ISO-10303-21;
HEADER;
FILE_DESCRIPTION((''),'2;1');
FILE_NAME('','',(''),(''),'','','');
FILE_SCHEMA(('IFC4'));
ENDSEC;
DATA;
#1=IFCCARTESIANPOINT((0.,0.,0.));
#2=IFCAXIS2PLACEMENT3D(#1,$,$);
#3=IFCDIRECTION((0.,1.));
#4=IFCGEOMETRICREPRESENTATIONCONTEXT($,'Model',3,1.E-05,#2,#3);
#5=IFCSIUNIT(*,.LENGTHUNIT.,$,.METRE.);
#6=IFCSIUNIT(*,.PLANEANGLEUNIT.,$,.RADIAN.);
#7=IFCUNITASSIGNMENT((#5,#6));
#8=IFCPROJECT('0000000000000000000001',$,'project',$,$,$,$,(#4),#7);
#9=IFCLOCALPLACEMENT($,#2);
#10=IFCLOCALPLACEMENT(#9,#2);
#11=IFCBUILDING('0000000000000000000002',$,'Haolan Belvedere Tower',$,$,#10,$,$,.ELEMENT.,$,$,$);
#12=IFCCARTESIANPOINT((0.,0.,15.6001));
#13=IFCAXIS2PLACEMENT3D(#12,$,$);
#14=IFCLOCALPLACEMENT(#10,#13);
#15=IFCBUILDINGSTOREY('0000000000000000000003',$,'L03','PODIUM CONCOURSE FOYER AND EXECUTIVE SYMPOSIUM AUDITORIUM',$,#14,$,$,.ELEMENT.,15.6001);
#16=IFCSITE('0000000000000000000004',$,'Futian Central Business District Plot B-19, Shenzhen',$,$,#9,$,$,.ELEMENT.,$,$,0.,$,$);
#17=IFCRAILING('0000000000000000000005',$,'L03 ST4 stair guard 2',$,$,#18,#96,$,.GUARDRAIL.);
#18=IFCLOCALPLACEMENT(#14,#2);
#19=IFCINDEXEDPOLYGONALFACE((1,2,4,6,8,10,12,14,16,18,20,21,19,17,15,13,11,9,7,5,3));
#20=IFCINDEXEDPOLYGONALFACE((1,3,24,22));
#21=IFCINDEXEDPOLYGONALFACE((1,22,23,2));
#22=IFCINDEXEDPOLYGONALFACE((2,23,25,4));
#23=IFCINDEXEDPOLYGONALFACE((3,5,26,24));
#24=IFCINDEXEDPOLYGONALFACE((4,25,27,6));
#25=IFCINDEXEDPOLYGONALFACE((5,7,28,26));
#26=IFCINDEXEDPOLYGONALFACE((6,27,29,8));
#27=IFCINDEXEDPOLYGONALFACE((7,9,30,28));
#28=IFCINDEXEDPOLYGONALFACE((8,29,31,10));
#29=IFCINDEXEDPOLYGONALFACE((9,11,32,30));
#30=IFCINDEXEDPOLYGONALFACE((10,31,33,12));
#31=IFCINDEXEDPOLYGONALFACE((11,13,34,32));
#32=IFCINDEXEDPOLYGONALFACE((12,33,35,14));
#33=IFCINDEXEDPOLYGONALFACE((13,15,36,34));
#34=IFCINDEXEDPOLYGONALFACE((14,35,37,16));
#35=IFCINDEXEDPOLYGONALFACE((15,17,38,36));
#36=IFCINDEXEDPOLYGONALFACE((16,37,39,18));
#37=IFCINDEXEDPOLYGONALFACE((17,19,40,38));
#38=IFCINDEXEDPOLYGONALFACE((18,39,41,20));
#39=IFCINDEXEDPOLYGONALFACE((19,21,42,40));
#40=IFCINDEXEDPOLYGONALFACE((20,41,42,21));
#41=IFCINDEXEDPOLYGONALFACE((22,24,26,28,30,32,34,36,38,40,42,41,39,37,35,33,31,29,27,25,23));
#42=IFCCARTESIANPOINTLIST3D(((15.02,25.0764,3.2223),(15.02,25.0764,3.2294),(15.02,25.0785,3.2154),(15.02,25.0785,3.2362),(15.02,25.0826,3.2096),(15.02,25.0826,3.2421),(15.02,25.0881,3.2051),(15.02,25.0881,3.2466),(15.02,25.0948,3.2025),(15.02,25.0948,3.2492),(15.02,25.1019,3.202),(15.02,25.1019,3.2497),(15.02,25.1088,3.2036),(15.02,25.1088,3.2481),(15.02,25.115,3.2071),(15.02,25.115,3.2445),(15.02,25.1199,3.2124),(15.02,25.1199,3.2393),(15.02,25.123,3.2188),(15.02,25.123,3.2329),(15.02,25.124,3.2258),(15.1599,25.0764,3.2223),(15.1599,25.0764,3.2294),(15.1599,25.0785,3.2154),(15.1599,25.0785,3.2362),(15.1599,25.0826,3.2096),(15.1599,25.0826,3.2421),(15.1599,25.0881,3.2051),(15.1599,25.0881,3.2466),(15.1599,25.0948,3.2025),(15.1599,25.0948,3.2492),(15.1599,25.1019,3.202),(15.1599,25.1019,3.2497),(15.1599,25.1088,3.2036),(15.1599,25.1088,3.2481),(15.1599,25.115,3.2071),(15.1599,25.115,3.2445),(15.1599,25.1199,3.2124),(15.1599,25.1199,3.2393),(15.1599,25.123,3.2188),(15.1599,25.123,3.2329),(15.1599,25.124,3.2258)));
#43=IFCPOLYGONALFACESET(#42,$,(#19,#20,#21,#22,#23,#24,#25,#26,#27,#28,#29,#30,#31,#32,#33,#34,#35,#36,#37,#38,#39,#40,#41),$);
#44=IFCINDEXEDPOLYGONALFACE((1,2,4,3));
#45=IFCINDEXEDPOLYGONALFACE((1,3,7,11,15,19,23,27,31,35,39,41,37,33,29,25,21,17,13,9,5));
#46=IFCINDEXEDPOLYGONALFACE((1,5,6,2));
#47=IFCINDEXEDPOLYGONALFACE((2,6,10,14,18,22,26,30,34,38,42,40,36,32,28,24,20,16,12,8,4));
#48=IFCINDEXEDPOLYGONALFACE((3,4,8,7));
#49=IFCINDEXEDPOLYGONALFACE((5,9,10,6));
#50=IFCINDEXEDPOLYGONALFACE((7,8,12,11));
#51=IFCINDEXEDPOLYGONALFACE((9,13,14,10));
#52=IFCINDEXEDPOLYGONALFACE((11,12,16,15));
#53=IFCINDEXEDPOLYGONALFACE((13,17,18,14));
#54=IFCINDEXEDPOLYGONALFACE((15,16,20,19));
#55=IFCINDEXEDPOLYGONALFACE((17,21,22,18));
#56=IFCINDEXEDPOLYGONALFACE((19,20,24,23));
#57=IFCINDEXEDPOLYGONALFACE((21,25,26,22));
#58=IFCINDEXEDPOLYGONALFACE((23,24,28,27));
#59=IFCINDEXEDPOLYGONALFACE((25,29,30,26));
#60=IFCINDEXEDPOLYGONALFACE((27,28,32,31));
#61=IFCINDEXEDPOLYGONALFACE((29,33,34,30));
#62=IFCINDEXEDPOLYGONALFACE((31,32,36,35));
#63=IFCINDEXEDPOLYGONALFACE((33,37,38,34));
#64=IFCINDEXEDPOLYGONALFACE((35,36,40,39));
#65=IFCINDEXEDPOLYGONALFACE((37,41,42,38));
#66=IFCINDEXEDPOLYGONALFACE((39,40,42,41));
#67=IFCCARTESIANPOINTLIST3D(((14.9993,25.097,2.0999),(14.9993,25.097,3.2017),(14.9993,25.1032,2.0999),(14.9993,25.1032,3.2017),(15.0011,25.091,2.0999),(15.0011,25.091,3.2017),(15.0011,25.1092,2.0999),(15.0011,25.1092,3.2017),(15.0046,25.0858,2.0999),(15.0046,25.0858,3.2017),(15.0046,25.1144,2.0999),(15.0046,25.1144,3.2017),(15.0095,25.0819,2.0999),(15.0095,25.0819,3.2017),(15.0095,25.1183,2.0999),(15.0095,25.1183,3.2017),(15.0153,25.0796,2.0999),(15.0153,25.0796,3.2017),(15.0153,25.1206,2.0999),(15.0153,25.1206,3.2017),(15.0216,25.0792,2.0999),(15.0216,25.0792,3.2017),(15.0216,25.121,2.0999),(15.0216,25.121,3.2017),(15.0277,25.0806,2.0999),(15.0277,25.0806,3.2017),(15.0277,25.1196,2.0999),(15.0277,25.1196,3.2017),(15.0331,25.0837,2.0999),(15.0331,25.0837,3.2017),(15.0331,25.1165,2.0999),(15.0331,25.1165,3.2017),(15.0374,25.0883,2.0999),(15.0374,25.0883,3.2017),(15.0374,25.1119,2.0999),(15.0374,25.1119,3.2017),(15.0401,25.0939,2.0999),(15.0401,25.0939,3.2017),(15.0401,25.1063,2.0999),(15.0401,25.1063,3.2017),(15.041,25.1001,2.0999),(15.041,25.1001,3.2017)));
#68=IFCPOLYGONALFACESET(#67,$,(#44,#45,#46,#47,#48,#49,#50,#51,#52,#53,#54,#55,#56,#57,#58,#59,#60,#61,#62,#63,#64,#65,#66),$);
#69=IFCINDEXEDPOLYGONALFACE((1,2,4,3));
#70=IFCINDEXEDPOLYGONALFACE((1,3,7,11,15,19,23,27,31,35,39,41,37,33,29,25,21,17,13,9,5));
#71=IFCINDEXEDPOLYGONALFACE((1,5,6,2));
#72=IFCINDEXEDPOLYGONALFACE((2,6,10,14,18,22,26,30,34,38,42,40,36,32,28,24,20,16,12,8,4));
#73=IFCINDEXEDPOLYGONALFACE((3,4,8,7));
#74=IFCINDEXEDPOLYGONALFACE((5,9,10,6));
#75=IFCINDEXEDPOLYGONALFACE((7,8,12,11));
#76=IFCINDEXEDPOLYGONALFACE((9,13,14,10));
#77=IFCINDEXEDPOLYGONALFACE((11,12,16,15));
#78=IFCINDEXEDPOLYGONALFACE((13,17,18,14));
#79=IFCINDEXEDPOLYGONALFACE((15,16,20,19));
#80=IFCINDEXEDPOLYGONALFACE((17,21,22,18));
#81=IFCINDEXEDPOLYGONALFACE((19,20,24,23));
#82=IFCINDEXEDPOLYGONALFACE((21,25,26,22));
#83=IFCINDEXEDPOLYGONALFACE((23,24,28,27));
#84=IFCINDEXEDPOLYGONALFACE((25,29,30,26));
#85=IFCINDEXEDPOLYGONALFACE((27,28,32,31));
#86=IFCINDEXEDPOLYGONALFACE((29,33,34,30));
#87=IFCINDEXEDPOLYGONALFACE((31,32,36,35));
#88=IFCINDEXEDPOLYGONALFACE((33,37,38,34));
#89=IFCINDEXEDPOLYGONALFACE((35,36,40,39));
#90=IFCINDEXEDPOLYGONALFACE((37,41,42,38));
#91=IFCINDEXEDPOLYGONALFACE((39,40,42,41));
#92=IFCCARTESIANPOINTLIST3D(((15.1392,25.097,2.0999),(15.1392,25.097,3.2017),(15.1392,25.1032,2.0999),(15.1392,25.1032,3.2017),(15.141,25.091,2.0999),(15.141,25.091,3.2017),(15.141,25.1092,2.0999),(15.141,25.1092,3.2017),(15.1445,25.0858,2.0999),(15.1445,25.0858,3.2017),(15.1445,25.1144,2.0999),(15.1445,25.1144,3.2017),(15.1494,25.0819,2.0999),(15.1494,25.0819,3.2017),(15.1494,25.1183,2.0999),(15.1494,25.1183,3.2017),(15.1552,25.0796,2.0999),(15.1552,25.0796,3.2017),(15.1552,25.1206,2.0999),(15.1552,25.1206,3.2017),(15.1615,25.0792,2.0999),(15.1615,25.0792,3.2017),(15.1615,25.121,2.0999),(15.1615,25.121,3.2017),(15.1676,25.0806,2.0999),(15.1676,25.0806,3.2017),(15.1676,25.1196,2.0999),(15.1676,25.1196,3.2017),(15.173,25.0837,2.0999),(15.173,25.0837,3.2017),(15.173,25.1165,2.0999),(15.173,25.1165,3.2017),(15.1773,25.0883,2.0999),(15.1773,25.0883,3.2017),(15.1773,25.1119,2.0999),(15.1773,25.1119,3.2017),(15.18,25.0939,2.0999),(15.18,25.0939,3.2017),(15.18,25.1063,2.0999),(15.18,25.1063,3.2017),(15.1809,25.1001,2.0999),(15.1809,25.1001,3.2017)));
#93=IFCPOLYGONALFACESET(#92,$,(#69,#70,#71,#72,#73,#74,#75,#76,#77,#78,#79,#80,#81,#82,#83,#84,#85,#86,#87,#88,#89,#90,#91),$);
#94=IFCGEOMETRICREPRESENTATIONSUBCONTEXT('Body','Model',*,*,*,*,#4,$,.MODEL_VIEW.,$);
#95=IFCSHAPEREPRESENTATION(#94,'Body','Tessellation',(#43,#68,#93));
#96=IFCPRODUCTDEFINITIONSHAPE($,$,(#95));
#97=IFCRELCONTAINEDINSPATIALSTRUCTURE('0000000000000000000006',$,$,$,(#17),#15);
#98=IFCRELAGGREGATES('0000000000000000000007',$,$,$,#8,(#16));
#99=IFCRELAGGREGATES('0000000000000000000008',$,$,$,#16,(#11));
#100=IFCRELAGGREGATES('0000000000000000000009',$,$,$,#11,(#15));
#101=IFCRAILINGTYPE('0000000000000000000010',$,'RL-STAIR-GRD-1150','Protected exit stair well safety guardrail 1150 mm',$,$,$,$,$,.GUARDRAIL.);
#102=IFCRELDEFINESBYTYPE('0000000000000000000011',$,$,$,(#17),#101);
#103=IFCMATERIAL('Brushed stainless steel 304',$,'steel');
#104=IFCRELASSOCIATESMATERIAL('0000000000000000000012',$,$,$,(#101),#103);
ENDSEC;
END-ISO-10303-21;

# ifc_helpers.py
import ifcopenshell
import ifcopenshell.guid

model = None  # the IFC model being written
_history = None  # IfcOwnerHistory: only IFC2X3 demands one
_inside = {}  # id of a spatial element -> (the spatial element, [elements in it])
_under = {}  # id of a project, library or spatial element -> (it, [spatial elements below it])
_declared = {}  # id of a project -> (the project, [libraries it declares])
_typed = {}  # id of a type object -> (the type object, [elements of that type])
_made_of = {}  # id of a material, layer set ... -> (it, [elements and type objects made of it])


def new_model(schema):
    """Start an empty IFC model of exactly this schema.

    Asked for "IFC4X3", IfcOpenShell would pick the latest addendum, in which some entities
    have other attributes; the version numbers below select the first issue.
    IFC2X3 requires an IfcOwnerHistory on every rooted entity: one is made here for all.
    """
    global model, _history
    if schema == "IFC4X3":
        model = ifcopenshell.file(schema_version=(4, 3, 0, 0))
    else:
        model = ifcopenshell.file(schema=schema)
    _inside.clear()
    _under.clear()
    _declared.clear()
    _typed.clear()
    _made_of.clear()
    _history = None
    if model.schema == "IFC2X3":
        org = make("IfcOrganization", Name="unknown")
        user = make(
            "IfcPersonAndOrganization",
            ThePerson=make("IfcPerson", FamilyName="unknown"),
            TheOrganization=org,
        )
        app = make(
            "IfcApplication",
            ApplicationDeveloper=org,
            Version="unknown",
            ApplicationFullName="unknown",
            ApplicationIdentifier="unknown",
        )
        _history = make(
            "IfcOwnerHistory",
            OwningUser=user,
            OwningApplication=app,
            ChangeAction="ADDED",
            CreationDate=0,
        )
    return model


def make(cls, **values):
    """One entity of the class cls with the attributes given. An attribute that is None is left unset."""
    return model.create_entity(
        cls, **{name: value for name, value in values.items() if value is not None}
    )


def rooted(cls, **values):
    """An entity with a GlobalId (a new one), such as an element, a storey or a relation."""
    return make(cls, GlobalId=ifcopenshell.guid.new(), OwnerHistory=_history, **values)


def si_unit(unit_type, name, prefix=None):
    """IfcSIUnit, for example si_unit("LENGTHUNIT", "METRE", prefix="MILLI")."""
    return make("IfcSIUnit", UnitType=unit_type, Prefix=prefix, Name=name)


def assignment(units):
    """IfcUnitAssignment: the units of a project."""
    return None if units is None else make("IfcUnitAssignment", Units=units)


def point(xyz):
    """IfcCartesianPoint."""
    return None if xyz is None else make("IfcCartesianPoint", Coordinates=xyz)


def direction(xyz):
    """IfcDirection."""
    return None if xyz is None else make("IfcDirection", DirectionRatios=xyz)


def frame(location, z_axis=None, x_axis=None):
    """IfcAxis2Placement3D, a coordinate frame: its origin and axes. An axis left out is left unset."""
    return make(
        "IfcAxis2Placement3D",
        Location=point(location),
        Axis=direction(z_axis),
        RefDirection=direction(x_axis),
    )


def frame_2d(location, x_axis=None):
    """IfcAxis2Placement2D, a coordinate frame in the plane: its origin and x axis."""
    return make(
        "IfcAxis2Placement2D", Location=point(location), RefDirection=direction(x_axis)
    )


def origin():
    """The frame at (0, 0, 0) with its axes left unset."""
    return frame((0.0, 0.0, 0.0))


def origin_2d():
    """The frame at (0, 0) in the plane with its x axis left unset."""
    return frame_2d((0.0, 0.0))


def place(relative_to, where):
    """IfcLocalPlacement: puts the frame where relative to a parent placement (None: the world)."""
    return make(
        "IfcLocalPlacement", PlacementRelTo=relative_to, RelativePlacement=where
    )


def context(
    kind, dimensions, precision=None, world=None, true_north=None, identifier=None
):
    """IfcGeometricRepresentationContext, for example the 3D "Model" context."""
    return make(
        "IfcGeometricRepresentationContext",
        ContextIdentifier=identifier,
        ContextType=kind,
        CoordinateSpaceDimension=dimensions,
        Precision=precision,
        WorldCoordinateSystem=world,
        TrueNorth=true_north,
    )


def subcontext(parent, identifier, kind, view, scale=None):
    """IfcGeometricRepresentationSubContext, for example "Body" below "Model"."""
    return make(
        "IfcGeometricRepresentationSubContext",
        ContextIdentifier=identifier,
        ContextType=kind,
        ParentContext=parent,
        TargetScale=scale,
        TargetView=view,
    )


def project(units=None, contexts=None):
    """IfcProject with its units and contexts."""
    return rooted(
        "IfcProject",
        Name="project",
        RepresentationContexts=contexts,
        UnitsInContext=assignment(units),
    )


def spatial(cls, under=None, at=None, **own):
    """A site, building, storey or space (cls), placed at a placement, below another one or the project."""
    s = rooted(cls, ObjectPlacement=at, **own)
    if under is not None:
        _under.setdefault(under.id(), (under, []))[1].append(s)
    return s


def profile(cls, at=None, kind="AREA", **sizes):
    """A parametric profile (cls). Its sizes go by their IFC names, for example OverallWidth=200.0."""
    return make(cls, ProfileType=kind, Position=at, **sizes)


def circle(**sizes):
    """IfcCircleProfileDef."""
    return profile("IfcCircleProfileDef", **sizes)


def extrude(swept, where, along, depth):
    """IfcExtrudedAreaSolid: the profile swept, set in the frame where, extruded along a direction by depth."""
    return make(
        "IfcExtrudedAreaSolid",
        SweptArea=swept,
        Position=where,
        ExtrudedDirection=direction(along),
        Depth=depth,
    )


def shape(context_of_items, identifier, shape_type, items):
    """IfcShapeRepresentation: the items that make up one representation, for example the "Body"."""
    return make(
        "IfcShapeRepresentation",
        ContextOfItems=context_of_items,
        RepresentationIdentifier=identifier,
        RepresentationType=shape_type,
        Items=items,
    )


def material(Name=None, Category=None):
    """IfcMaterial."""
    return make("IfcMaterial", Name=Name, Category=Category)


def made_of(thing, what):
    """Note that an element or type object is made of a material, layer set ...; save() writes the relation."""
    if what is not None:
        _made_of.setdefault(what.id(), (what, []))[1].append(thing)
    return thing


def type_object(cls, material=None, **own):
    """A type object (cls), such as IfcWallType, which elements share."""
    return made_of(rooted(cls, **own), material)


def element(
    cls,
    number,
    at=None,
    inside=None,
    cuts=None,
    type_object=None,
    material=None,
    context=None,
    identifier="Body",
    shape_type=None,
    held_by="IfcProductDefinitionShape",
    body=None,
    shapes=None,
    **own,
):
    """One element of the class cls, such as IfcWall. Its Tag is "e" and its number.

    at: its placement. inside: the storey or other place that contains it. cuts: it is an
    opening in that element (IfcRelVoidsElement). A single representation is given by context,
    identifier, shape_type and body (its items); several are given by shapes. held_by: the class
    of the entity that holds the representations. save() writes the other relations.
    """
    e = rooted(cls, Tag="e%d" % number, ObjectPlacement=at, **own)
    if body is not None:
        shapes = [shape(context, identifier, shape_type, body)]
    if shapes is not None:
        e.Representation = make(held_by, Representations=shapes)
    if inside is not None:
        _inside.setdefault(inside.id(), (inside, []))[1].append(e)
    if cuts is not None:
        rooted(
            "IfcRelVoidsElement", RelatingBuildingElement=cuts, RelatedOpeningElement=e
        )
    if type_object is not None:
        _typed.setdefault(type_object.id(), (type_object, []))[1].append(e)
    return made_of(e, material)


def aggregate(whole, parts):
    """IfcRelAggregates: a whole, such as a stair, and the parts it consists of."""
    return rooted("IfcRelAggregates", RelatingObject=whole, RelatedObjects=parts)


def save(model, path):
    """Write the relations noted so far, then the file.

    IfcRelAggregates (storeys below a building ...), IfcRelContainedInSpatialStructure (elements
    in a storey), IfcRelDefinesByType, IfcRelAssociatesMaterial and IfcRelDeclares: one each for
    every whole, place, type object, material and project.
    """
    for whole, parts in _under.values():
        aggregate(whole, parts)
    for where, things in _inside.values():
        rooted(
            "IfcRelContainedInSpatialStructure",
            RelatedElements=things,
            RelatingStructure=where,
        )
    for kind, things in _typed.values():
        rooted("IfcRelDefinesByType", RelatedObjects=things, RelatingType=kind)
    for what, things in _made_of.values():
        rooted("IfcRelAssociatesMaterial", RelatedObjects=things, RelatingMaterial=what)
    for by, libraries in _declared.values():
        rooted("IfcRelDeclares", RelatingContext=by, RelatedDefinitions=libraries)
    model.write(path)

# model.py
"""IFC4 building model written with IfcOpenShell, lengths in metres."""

from ifc_helpers import new_model, si_unit, direction, frame, origin, origin_2d, place, context, subcontext, project, spatial, circle, extrude, material, type_object, element, save


model = new_model("IFC4")

# Units and contexts
model_context = context("Model", 3, precision=1e-05, world=origin(), true_north=direction((0.0, 1.0)))
body_context = subcontext(model_context, "Body", "Model", "MODEL_VIEW")
ifc_project = project(units=[si_unit("LENGTHUNIT", "METRE"), si_unit("PLANEANGLEUNIT", "RADIAN")], contexts=[model_context])

# Site, building, storey
site_placement = place(None, origin())
site = spatial("IfcSite", under=ifc_project, at=site_placement, Name="Futian Central Business District Plot B-19, Shenzhen", CompositionType="ELEMENT", RefElevation=0.0)
building_placement = place(site_placement, origin())
building = spatial("IfcBuilding", under=site, at=building_placement, Name="Haolan Belvedere Tower", CompositionType="ELEMENT")
storey_placement = place(building_placement, frame((0.0, 0.0, 15.6001)))
storey = spatial("IfcBuildingStorey", under=building, at=storey_placement, Name="L03", Description="PODIUM CONCOURSE FOYER AND EXECUTIVE SYMPOSIUM AUDITORIUM", CompositionType="ELEMENT", Elevation=15.6001)

# Railing
ifc_material_1 = material(Name="Brushed stainless steel 304", Category="steel")
railing_type_1 = type_object("IfcRailingType", Name="RL-STAIR-GRD-1150", Description="Protected exit stair well safety guardrail 1150 mm", PredefinedType="GUARDRAIL", material=ifc_material_1)
railing_1_placement = place(storey_placement, frame((15.02, 25.1001, 2.0999)))
element("IfcRailing", 1, at=railing_1_placement, inside=storey, type_object=railing_type_1, Name="L03 ST4 stair guard 2", PredefinedType="GUARDRAIL", context=body_context, shape_type="SweptSolid", body=[
    extrude(circle(Radius=0.0239, at=origin_2d()), frame((0.0, 0.0, 1.126), z_axis=(1.0, 0.0, 0.0), x_axis=(0.0, 1.0, 0.0)), (0.0, 0.0, 1.0), 0.1399),
    extrude(circle(Radius=0.021, at=origin_2d()), origin(), (0.0, 0.0, 1.0), 1.1018),
    extrude(circle(Radius=0.021, at=origin_2d()), frame((0.1399, 0.0, 0.0)), (0.0, 0.0, 1.0), 1.1018),
])

save(model, "model.ifc")
